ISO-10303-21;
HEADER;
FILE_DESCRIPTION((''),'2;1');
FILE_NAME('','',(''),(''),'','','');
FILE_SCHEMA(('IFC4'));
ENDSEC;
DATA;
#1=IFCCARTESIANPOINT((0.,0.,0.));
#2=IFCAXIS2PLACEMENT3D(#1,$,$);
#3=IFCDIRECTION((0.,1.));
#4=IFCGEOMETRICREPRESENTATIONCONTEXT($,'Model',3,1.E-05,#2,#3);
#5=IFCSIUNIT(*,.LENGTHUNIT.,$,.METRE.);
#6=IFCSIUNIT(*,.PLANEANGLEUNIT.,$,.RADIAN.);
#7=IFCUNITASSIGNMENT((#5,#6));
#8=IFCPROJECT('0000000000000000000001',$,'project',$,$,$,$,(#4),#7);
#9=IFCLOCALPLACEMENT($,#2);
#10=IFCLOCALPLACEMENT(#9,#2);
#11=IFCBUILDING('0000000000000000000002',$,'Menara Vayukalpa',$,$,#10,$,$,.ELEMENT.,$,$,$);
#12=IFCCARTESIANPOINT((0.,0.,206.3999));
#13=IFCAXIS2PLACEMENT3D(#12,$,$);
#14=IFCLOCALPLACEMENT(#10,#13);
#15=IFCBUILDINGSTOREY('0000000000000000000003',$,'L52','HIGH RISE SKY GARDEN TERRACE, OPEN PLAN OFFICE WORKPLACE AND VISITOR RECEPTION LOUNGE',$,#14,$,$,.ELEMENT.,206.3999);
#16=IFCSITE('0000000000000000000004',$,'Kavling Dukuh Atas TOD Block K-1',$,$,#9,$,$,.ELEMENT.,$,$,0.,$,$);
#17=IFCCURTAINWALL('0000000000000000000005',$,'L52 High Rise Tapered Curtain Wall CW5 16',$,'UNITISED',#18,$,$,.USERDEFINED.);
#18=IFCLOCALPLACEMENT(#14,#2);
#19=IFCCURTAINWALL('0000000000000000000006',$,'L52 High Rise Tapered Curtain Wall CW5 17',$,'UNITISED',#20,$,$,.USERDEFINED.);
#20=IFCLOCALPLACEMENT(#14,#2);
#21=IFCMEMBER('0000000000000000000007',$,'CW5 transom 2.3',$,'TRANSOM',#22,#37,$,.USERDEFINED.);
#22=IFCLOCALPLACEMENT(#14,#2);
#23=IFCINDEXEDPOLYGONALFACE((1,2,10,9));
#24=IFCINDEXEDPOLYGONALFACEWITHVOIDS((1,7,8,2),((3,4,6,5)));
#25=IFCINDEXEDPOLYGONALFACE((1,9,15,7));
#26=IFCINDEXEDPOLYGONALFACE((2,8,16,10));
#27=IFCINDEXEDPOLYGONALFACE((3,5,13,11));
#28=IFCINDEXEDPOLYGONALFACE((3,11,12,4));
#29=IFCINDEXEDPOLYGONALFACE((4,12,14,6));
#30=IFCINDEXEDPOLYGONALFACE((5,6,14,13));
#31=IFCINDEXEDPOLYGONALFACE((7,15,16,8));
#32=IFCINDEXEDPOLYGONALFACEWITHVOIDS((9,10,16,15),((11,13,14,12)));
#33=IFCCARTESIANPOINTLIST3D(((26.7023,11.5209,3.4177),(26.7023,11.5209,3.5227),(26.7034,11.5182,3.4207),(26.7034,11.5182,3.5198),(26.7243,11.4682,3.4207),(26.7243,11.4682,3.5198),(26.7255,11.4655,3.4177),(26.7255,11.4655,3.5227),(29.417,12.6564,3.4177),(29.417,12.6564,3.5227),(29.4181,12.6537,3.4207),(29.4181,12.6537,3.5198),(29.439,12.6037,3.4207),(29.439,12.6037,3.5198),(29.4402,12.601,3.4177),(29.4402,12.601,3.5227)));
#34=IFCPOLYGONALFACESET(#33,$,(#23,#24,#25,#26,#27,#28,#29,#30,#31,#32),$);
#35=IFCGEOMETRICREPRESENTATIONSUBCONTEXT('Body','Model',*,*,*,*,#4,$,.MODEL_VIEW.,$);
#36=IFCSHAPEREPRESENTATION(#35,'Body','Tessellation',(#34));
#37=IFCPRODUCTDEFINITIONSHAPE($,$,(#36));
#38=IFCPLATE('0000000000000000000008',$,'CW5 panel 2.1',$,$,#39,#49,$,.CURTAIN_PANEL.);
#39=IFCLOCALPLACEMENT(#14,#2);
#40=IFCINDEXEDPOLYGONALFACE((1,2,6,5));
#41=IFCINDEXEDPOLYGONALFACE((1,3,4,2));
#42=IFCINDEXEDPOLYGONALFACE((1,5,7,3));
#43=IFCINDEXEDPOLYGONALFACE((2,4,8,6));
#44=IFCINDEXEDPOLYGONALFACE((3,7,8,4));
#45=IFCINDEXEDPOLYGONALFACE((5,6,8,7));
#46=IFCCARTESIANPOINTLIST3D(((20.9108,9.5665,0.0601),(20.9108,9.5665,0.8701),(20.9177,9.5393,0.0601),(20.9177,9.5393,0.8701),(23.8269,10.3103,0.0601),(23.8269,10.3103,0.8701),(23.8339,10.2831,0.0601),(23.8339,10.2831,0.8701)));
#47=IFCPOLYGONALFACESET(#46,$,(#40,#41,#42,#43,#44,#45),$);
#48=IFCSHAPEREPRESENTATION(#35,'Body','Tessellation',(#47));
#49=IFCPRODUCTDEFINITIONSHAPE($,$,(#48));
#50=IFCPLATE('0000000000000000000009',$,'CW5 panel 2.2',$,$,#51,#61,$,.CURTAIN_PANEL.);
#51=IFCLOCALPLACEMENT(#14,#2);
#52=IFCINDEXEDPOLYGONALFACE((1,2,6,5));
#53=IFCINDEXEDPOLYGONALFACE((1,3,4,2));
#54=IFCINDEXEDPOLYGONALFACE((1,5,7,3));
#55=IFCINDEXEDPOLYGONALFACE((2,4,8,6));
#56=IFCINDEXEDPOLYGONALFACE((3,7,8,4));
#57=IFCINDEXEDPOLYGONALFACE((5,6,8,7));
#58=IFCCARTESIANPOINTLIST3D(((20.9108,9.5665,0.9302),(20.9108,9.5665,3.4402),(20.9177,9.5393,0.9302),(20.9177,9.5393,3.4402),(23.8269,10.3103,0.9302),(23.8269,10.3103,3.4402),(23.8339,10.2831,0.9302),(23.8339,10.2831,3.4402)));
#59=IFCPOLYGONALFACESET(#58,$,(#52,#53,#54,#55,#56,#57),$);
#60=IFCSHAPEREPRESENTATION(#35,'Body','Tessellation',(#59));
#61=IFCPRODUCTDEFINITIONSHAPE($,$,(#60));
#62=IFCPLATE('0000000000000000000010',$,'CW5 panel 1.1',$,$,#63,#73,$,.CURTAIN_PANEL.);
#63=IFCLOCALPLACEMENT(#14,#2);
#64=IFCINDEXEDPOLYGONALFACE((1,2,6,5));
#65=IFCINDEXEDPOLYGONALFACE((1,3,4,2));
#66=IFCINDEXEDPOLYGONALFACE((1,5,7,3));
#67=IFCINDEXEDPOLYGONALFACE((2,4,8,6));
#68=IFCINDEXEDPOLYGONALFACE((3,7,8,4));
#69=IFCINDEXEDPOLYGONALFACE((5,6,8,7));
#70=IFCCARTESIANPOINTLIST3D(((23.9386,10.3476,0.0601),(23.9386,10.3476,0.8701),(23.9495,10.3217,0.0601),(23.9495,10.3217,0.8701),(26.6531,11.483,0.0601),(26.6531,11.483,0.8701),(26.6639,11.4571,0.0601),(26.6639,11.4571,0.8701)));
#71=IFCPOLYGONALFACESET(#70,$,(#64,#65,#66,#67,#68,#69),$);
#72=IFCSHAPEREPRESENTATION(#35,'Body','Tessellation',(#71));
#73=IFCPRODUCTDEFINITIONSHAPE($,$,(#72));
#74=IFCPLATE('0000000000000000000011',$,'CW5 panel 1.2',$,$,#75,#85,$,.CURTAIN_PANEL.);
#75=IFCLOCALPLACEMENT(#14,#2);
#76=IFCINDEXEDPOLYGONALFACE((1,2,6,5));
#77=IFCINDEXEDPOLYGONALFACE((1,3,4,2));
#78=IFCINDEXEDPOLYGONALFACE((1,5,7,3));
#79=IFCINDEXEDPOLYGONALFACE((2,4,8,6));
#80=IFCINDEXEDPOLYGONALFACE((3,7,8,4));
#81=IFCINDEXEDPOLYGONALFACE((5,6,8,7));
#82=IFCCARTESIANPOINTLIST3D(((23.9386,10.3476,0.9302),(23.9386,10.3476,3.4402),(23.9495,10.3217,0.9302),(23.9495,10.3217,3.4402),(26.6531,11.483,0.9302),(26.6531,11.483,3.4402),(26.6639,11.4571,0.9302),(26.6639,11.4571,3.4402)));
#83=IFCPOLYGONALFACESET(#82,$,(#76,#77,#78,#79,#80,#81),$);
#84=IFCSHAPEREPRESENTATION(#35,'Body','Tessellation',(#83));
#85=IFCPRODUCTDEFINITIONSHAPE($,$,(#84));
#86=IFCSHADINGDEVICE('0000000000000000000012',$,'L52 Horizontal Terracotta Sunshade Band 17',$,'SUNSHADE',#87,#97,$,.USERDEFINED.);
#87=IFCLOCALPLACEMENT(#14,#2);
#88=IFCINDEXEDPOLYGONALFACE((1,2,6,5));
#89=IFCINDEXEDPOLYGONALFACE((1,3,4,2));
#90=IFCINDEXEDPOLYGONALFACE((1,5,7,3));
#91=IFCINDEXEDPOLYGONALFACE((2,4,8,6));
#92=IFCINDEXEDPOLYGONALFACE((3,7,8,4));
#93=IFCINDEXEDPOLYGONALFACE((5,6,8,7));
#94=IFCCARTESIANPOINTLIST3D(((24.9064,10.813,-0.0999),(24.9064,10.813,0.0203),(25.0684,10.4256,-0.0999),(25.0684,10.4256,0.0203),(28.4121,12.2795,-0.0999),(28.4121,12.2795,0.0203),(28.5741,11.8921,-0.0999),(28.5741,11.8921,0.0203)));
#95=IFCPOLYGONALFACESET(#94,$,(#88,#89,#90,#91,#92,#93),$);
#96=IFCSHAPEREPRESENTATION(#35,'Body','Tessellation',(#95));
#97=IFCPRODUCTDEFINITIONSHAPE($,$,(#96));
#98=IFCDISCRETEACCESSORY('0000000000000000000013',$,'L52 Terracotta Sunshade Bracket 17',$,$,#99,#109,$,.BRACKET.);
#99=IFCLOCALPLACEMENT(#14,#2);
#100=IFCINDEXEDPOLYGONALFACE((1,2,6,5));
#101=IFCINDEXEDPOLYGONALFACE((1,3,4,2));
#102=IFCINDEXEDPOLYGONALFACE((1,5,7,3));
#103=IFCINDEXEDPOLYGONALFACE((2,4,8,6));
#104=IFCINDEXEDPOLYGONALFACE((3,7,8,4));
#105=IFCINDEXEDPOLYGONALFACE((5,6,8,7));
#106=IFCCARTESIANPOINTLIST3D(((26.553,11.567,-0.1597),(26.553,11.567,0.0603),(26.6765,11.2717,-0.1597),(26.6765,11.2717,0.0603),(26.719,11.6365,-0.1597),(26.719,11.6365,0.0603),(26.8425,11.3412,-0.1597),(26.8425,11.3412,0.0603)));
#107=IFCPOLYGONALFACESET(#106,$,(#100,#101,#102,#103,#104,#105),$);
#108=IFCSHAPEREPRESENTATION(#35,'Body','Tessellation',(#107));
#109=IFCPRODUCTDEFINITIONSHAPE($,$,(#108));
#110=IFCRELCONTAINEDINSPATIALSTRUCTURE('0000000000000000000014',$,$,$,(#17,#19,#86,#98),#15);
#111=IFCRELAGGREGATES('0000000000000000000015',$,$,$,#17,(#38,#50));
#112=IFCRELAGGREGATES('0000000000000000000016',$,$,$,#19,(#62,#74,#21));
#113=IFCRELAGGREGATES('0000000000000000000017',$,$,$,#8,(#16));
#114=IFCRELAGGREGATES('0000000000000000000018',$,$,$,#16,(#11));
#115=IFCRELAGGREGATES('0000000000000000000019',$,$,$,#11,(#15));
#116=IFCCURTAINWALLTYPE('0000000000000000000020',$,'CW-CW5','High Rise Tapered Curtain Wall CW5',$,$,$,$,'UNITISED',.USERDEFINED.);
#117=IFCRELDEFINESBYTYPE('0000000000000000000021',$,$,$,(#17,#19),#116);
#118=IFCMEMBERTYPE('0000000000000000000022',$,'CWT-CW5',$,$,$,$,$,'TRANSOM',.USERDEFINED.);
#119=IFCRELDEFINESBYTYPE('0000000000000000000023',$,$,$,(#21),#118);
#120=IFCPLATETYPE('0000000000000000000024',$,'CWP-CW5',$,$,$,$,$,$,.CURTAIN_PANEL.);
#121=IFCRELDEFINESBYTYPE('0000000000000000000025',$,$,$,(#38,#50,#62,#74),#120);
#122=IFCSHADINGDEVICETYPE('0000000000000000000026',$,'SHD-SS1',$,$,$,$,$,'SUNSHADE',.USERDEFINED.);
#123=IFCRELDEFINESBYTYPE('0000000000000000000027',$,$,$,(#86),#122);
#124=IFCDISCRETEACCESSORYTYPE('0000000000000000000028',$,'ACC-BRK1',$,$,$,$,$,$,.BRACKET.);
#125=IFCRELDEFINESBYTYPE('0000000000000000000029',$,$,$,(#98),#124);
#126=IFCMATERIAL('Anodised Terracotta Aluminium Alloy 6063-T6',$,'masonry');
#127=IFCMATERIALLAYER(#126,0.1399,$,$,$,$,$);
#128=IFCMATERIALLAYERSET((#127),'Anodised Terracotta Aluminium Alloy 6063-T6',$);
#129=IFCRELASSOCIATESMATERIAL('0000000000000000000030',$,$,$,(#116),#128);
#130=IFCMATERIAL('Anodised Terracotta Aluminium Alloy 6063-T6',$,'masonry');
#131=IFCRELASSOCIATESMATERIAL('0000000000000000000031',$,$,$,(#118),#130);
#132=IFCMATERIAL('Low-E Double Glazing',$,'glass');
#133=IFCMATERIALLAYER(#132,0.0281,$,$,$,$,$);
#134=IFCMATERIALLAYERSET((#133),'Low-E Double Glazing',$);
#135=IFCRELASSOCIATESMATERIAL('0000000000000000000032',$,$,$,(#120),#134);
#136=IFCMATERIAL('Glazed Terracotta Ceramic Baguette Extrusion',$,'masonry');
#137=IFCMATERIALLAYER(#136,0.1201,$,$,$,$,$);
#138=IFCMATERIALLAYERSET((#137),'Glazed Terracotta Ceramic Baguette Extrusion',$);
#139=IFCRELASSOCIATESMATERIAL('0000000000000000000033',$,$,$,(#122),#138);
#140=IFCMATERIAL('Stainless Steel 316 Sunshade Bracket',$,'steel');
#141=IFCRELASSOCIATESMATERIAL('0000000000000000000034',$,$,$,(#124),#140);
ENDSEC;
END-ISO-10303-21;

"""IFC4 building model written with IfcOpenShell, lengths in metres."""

from ifc_helpers import new_model, si_unit, direction, frame, origin, origin_2d, place, context, subcontext, project, spatial, rectangle, hollow_rectangle, extrude, material, layer, layer_set, material_profile, profile_set, type_object, element, aggregate, save


model = new_model("IFC4")

# Units and contexts
model_context = context("Model", 3, precision=1e-05, world=origin(), true_north=direction((0.0, 1.0)))
body_context = subcontext(model_context, "Body", "Model", "MODEL_VIEW")
ifc_project = project(units=[si_unit("LENGTHUNIT", "METRE"), si_unit("PLANEANGLEUNIT", "RADIAN")], contexts=[model_context])

# Site, building, storey
site_placement = place(None, origin())
site = spatial("IfcSite", under=ifc_project, at=site_placement, Name="Kavling Dukuh Atas TOD Block K-1", CompositionType="ELEMENT", RefElevation=0.0)
building_placement = place(site_placement, origin())
building = spatial("IfcBuilding", under=site, at=building_placement, Name="Menara Vayukalpa", CompositionType="ELEMENT")
storey_placement = place(building_placement, frame((0.0, 0.0, 206.3999)))
storey = spatial("IfcBuildingStorey", under=building, at=storey_placement, Name="L52", Description="HIGH RISE SKY GARDEN TERRACE, OPEN PLAN OFFICE WORKPLACE AND VISITOR RECEPTION LOUNGE", CompositionType="ELEMENT", Elevation=206.3999)

# Curtain wall
ifc_material_1 = material(Name="Anodised Terracotta Aluminium Alloy 6063-T6", Category="masonry")
ifc_layer_1 = layer(ifc_material_1, 0.1399)
ifc_layer_set_1 = layer_set([ifc_layer_1], Name="Anodised Terracotta Aluminium Alloy 6063-T6")
curtain_wall_type = type_object("IfcCurtainWallType", Name="CW-CW5", Description="High Rise Tapered Curtain Wall CW5", ElementType="UNITISED", PredefinedType="USERDEFINED", material=ifc_layer_set_1)
curtain_wall_1_placement = place(storey_placement, origin())
curtain_wall_1 = element("IfcCurtainWall", 1, at=curtain_wall_1_placement, inside=storey, type_object=curtain_wall_type, Name="L52 High Rise Tapered Curtain Wall CW5 16", ObjectType="UNITISED", PredefinedType="USERDEFINED")

# Curtain wall, member
curtain_wall_2_placement = place(storey_placement, origin())
curtain_wall_2 = element("IfcCurtainWall", 2, at=curtain_wall_2_placement, inside=storey, type_object=curtain_wall_type, Name="L52 High Rise Tapered Curtain Wall CW5 17", ObjectType="UNITISED", PredefinedType="USERDEFINED")
ifc_material_2 = material(Name="Anodised Terracotta Aluminium Alloy 6063-T6", Category="masonry")
ifc_material_profile_1 = material_profile(ifc_material_2, hollow_rectangle(XDim=0.0601, YDim=0.105, WallThickness=0.0029, at=origin_2d()), Name="ALU 60x105x3")
ifc_profile_set_1 = profile_set([ifc_material_profile_1], Name="Anodised Terracotta Aluminium Alloy 6063-T6")
member_type_1 = type_object("IfcMemberType", Name="CWT-CW5", ElementType="TRANSOM", PredefinedType="USERDEFINED", material=ifc_profile_set_1)
member_1_placement = place(storey_placement, frame((26.7139, 11.4932, 3.4702), z_axis=(0.922543, 0.385893, 0.0), x_axis=(-0.385893, 0.922543, 0.0)))
member_1 = element("IfcMember", 3, at=member_1_placement, type_object=member_type_1, Name="CW5 transom 2.3", ObjectType="TRANSOM", PredefinedType="USERDEFINED", context=body_context, shape_type="SweptSolid", body=[
    extrude(hollow_rectangle(XDim=0.0601, YDim=0.105, WallThickness=0.0029, at=origin_2d()), origin(), (0.0, 0.0, 1.0), 2.9426),
])

# Plates
ifc_material_3 = material(Name="Low-E Double Glazing", Category="glass")
ifc_layer_2 = layer(ifc_material_3, 0.0281)
ifc_layer_set_2 = layer_set([ifc_layer_2], Name="Low-E Double Glazing")
plate_type = type_object("IfcPlateType", Name="CWP-CW5", PredefinedType="CURTAIN_PANEL", material=ifc_layer_set_2)
plate_1_placement = place(storey_placement, frame((22.3723, 9.9248, 0.0601), z_axis=(0.0, 0.0, 1.0), x_axis=(0.968983, 0.247129, 0.0)))
plate_1 = element("IfcPlate", 4, at=plate_1_placement, type_object=plate_type, Name="CW5 panel 2.1", PredefinedType="CURTAIN_PANEL", context=body_context, shape_type="SweptSolid", body=[
    extrude(rectangle(XDim=3.0095, YDim=0.0281, at=origin_2d()), origin(), (0.0, 0.0, 1.0), 0.8101),
])
plate_2_placement = place(storey_placement, frame((22.3723, 9.9248, 0.9302), z_axis=(0.0, 0.0, 1.0), x_axis=(0.968983, 0.247129, 0.0)))
plate_2 = element("IfcPlate", 5, at=plate_2_placement, type_object=plate_type, Name="CW5 panel 2.2", PredefinedType="CURTAIN_PANEL", context=body_context, shape_type="SweptSolid", body=[
    extrude(rectangle(XDim=3.0095, YDim=0.0281, at=origin_2d()), origin(), (0.0, 0.0, 1.0), 2.51),
])
aggregate(curtain_wall_1, [plate_1, plate_2])
plate_3_placement = place(storey_placement, frame((25.3013, 10.9023, 0.0601), z_axis=(0.0, 0.0, 1.0), x_axis=(0.922539, 0.385903, 0.0)))
plate_3 = element("IfcPlate", 6, at=plate_3_placement, type_object=plate_type, Name="CW5 panel 1.1", PredefinedType="CURTAIN_PANEL", context=body_context, shape_type="SweptSolid", body=[
    extrude(rectangle(XDim=2.9424, YDim=0.0281, at=origin_2d()), origin(), (0.0, 0.0, 1.0), 0.8101),
])
plate_4_placement = place(storey_placement, frame((25.3013, 10.9023, 0.9302), z_axis=(0.0, 0.0, 1.0), x_axis=(0.922539, 0.385903, 0.0)))
plate_4 = element("IfcPlate", 7, at=plate_4_placement, type_object=plate_type, Name="CW5 panel 1.2", PredefinedType="CURTAIN_PANEL", context=body_context, shape_type="SweptSolid", body=[
    extrude(rectangle(XDim=2.9424, YDim=0.0281, at=origin_2d()), origin(), (0.0, 0.0, 1.0), 2.51),
])
aggregate(curtain_wall_2, [plate_3, plate_4, member_1])

# Shading device
ifc_material_4 = material(Name="Glazed Terracotta Ceramic Baguette Extrusion", Category="masonry")
ifc_layer_3 = layer(ifc_material_4, 0.1201)
ifc_layer_set_3 = layer_set([ifc_layer_3], Name="Glazed Terracotta Ceramic Baguette Extrusion")
shading_device_type = type_object("IfcShadingDeviceType", Name="SHD-SS1", ElementType="SUNSHADE", PredefinedType="USERDEFINED", material=ifc_layer_set_3)
shading_device_placement = place(storey_placement, frame((26.7402, 11.3525, -0.0999), z_axis=(0.0, 0.0, 1.0), x_axis=(0.922538, 0.385906, 0.0)))
element("IfcShadingDevice", 8, at=shading_device_placement, inside=storey, type_object=shading_device_type, Name="L52 Horizontal Terracotta Sunshade Band 17", ObjectType="SUNSHADE", PredefinedType="USERDEFINED", context=body_context, shape_type="SweptSolid", body=[
    extrude(rectangle(XDim=3.8, YDim=0.4199, at=origin_2d()), origin(), (0.0, 0.0, 1.0), 0.1201),
])

# Discrete accessory
ifc_material_5 = material(Name="Stainless Steel 316 Sunshade Bracket", Category="steel")
discrete_accessory_type = type_object("IfcDiscreteAccessoryType", Name="ACC-BRK1", PredefinedType="BRACKET", material=ifc_material_5)
discrete_accessory_placement = place(storey_placement, frame((26.6978, 11.4541, -0.1597), z_axis=(0.0, 0.0, 1.0), x_axis=(0.922538, 0.385906, 0.0)))
element("IfcDiscreteAccessory", 9, at=discrete_accessory_placement, inside=storey, type_object=discrete_accessory_type, Name="L52 Terracotta Sunshade Bracket 17", PredefinedType="BRACKET", context=body_context, shape_type="SweptSolid", body=[
    extrude(rectangle(XDim=0.1799, YDim=0.3201, at=origin_2d()), origin(), (0.0, 0.0, 1.0), 0.22),
])

save(model, "model.ifc")
